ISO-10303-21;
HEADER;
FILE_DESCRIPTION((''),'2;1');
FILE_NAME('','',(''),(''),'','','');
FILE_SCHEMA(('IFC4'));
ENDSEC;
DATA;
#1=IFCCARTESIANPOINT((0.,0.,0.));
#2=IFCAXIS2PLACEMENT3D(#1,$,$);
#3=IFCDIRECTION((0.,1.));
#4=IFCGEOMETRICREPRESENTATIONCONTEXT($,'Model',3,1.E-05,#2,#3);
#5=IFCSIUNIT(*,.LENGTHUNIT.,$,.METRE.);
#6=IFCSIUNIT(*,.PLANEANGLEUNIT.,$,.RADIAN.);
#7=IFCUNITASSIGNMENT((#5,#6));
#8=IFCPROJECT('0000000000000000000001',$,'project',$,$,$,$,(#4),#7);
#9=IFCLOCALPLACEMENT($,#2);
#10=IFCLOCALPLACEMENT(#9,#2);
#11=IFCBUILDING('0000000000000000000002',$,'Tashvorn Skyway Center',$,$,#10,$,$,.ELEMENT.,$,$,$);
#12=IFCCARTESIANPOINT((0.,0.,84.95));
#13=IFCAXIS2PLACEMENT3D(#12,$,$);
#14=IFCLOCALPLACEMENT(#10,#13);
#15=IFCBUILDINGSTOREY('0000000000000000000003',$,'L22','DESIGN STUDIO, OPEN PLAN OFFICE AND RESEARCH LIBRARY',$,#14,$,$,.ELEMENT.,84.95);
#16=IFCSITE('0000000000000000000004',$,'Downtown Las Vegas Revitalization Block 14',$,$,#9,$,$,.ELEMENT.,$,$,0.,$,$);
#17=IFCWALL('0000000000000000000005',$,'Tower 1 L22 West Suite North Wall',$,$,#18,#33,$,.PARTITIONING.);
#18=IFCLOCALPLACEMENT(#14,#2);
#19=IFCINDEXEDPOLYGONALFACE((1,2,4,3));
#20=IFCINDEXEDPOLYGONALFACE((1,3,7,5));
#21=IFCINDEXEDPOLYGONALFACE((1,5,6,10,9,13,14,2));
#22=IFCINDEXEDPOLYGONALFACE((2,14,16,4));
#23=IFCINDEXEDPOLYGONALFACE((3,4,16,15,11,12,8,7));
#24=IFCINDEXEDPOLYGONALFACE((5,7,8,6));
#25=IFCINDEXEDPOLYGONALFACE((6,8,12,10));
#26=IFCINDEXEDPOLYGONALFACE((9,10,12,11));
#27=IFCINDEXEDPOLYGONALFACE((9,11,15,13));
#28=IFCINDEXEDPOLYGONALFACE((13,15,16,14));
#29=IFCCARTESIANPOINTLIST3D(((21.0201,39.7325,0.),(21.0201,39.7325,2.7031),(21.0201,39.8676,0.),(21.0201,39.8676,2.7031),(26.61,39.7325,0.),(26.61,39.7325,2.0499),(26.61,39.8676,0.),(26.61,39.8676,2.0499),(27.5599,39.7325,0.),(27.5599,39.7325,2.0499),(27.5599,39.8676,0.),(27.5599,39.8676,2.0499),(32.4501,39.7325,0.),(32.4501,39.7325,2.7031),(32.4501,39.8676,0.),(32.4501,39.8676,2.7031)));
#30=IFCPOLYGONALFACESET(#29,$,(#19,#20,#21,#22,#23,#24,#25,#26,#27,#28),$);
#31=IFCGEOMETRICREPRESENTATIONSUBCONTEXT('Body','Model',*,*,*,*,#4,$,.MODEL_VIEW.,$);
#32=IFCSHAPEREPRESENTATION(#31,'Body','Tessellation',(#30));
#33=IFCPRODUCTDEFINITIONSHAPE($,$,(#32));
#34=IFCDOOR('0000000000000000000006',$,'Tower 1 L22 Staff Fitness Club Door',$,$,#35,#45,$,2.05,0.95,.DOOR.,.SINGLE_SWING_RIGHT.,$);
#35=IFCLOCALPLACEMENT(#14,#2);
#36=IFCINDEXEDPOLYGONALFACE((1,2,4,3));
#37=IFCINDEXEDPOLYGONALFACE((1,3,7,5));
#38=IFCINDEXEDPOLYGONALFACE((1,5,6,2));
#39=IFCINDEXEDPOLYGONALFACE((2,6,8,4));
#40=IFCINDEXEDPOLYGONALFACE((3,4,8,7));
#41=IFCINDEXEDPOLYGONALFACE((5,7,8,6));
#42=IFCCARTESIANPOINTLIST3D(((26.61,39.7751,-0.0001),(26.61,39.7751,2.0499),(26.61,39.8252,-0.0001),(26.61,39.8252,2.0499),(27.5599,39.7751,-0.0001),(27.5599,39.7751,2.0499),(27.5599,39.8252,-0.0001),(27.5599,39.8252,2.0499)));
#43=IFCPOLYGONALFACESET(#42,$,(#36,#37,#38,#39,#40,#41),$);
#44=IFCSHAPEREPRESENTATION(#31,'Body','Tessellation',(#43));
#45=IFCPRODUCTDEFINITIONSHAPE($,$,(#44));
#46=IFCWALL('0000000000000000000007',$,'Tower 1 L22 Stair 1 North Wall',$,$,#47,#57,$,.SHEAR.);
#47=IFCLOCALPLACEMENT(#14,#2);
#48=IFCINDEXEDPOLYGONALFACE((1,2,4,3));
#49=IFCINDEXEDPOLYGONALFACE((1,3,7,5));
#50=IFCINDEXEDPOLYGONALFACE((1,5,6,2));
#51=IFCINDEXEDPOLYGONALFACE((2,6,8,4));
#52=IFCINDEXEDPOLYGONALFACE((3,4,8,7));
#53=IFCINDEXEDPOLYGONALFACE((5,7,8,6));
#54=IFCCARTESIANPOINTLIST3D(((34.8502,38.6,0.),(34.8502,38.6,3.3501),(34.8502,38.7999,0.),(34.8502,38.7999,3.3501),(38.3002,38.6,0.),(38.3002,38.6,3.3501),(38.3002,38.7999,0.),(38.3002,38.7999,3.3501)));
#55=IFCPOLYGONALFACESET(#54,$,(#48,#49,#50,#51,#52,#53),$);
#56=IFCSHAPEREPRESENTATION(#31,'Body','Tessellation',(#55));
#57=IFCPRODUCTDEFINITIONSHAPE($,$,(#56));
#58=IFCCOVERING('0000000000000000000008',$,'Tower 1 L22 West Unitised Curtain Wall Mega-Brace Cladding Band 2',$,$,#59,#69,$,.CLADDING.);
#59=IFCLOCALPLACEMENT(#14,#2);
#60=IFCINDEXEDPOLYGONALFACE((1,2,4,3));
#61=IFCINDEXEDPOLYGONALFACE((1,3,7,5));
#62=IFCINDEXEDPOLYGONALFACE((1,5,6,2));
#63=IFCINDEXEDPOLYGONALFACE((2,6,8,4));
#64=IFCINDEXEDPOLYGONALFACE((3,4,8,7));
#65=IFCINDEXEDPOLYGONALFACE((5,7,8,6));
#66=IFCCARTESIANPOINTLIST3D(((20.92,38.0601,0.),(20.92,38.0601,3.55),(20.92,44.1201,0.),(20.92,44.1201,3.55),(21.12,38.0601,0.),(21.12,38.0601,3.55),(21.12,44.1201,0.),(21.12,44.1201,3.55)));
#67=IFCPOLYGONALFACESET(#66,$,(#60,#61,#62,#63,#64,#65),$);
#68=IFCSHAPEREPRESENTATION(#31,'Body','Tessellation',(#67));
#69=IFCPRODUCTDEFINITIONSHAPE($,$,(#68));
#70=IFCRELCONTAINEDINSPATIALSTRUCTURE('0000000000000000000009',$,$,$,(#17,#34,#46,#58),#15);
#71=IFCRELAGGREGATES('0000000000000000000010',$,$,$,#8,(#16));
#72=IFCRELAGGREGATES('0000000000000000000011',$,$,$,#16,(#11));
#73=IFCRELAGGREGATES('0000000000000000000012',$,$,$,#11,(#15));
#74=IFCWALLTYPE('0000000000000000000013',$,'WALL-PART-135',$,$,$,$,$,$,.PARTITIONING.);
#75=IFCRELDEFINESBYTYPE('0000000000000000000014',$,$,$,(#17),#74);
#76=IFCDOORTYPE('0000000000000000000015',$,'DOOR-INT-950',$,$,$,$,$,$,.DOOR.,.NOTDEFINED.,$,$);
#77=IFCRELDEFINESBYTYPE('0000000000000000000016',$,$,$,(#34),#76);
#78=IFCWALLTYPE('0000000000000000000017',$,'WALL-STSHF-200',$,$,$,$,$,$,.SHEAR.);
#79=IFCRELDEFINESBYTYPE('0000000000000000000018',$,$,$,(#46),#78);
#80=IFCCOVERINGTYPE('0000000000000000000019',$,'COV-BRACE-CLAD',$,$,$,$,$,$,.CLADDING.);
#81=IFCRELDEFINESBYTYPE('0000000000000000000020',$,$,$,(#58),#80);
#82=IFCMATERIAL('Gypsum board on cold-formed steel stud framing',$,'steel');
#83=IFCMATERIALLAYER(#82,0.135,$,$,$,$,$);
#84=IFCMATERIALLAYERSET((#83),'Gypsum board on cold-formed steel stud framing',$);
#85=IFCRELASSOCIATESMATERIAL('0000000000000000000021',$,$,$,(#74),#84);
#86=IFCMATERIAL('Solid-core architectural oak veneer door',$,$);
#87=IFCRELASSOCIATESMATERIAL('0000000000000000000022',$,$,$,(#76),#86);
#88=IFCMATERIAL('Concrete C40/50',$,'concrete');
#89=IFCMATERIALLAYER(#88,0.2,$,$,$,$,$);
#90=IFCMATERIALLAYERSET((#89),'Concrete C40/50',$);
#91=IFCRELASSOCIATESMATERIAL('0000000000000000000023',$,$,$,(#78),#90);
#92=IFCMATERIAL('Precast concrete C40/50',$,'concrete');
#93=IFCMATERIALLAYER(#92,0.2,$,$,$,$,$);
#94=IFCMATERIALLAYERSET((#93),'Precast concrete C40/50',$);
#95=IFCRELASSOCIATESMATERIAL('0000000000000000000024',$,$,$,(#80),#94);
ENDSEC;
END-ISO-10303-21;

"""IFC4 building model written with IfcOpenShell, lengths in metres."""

from ifc_helpers import new_model, si_unit, direction, frame, frame_2d, origin, origin_2d, place, context, subcontext, project, spatial, rectangle, extrude, material, layer, layer_set, type_object, element, fill, save


model = new_model("IFC4")

# Units and contexts
model_context = context("Model", 3, precision=1e-05, world=origin(), true_north=direction((0.0, 1.0)))
body_context = subcontext(model_context, "Body", "Model", "MODEL_VIEW")
ifc_project = project(units=[si_unit("LENGTHUNIT", "METRE"), si_unit("PLANEANGLEUNIT", "RADIAN")], contexts=[model_context])

# Site, building, storey
site_placement = place(None, origin())
site = spatial("IfcSite", under=ifc_project, at=site_placement, Name="Downtown Las Vegas Revitalization Block 14", CompositionType="ELEMENT", RefElevation=0.0)
building_placement = place(site_placement, origin())
building = spatial("IfcBuilding", under=site, at=building_placement, Name="Tashvorn Skyway Center", CompositionType="ELEMENT")
storey_placement = place(building_placement, frame((0.0, 0.0, 84.95)))
storey = spatial("IfcBuildingStorey", under=building, at=storey_placement, Name="L22", Description="DESIGN STUDIO, OPEN PLAN OFFICE AND RESEARCH LIBRARY", CompositionType="ELEMENT", Elevation=84.95)

# Shared definitions
ifc_material_1 = material(Name="Gypsum board on cold-formed steel stud framing", Category="steel")

# Shared definitions
ifc_layer_1 = layer(ifc_material_1, 0.135)
ifc_layer_set_1 = layer_set([ifc_layer_1], Name="Gypsum board on cold-formed steel stud framing")
wall_type_1 = type_object("IfcWallType", Name="WALL-PART-135", PredefinedType="PARTITIONING", material=ifc_layer_set_1)
ifc_material_2 = material(Name="Solid-core architectural oak veneer door")
door_type_1 = type_object("IfcDoorType", Name="DOOR-INT-950", OperationType="NOTDEFINED", PredefinedType="DOOR", material=ifc_material_2)

# Wall, opening, door
wall_1_placement = place(storey_placement, frame((32.45, 39.8, 0.0), z_axis=(0.0, 0.0, 1.0), x_axis=(-1.0, 0.0, 0.0)))
wall_1 = element("IfcWall", 1, at=wall_1_placement, inside=storey, type_object=wall_type_1, Name="Tower 1 L22 West Suite North Wall", PredefinedType="PARTITIONING", context=body_context, shape_type="SweptSolid", body=[
    extrude(rectangle(XDim=11.4299, YDim=0.135, at=frame_2d((5.7148, 0.0))), origin(), (0.0, 0.0, 1.0), 2.7031),
])
opening_1_placement = place(wall_1_placement, frame((4.8899, 0.0, 0.0)))
opening_1 = element("IfcOpeningElement", 2, at=opening_1_placement, cuts=wall_1, PredefinedType="OPENING", context=body_context, shape_type="SweptSolid", body=[
    extrude(rectangle(XDim=0.95, YDim=2.05, at=frame_2d((0.4751, 1.0249))), frame((0.0, 0.0774, 0.0), z_axis=(0.0, -1.0, 0.0), x_axis=(1.0, 0.0, 0.0)), (0.0, 0.0, 1.0), 0.155),
])
door_1_placement = place(opening_1_placement, origin())
door_1 = element("IfcDoor", 3, at=door_1_placement, inside=storey, type_object=door_type_1, Name="Tower 1 L22 Staff Fitness Club Door", OperationType="SINGLE_SWING_RIGHT", OverallHeight=2.05, OverallWidth=0.95, PredefinedType="DOOR", context=body_context, shape_type="SweptSolid", body=[
    extrude(rectangle(XDim=0.95, YDim=2.05, at=frame_2d((0.4751, 1.0249))), frame((0.0, 0.0249, 0.0), z_axis=(0.0, -1.0, 0.0), x_axis=(1.0, 0.0, 0.0)), (0.0, 0.0, 1.0), 0.05),
])
fill(opening_1, door_1)

# Wall
ifc_material_3 = material(Name="Concrete C40/50", Category="concrete")
ifc_layer_2 = layer(ifc_material_3, 0.2)
ifc_layer_set_2 = layer_set([ifc_layer_2], Name="Concrete C40/50")
wall_type_2 = type_object("IfcWallType", Name="WALL-STSHF-200", PredefinedType="SHEAR", material=ifc_layer_set_2)
wall_2_placement = place(storey_placement, frame((34.8501, 38.7, 0.0), z_axis=(0.0, 0.0, 1.0), x_axis=(1.0, 0.0, 0.0)))
element("IfcWall", 4, at=wall_2_placement, inside=storey, type_object=wall_type_2, Name="Tower 1 L22 Stair 1 North Wall", PredefinedType="SHEAR", context=body_context, shape_type="SweptSolid", body=[
    extrude(rectangle(XDim=3.45, YDim=0.2, at=frame_2d((1.7251, 0.0))), origin(), (0.0, 0.0, 1.0), 3.3501),
])

# Covering
ifc_material_4 = material(Name="Precast concrete C40/50", Category="concrete")
ifc_layer_3 = layer(ifc_material_4, 0.2)
ifc_layer_set_3 = layer_set([ifc_layer_3], Name="Precast concrete C40/50")
covering_type = type_object("IfcCoveringType", Name="COV-BRACE-CLAD", PredefinedType="CLADDING", material=ifc_layer_set_3)
covering_placement = place(storey_placement, frame((21.02, 41.0901, 0.0), z_axis=(0.0, 0.0, 1.0), x_axis=(0.0, 1.0, 0.0)))
element("IfcCovering", 5, at=covering_placement, inside=storey, type_object=covering_type, Name="Tower 1 L22 West Unitised Curtain Wall Mega-Brace Cladding Band 2", PredefinedType="CLADDING", context=body_context, shape_type="SweptSolid", body=[
    extrude(rectangle(XDim=6.0601, YDim=0.2, at=origin_2d()), origin(), (0.0, 0.0, 1.0), 3.55),
])

save(model, "model.ifc")
